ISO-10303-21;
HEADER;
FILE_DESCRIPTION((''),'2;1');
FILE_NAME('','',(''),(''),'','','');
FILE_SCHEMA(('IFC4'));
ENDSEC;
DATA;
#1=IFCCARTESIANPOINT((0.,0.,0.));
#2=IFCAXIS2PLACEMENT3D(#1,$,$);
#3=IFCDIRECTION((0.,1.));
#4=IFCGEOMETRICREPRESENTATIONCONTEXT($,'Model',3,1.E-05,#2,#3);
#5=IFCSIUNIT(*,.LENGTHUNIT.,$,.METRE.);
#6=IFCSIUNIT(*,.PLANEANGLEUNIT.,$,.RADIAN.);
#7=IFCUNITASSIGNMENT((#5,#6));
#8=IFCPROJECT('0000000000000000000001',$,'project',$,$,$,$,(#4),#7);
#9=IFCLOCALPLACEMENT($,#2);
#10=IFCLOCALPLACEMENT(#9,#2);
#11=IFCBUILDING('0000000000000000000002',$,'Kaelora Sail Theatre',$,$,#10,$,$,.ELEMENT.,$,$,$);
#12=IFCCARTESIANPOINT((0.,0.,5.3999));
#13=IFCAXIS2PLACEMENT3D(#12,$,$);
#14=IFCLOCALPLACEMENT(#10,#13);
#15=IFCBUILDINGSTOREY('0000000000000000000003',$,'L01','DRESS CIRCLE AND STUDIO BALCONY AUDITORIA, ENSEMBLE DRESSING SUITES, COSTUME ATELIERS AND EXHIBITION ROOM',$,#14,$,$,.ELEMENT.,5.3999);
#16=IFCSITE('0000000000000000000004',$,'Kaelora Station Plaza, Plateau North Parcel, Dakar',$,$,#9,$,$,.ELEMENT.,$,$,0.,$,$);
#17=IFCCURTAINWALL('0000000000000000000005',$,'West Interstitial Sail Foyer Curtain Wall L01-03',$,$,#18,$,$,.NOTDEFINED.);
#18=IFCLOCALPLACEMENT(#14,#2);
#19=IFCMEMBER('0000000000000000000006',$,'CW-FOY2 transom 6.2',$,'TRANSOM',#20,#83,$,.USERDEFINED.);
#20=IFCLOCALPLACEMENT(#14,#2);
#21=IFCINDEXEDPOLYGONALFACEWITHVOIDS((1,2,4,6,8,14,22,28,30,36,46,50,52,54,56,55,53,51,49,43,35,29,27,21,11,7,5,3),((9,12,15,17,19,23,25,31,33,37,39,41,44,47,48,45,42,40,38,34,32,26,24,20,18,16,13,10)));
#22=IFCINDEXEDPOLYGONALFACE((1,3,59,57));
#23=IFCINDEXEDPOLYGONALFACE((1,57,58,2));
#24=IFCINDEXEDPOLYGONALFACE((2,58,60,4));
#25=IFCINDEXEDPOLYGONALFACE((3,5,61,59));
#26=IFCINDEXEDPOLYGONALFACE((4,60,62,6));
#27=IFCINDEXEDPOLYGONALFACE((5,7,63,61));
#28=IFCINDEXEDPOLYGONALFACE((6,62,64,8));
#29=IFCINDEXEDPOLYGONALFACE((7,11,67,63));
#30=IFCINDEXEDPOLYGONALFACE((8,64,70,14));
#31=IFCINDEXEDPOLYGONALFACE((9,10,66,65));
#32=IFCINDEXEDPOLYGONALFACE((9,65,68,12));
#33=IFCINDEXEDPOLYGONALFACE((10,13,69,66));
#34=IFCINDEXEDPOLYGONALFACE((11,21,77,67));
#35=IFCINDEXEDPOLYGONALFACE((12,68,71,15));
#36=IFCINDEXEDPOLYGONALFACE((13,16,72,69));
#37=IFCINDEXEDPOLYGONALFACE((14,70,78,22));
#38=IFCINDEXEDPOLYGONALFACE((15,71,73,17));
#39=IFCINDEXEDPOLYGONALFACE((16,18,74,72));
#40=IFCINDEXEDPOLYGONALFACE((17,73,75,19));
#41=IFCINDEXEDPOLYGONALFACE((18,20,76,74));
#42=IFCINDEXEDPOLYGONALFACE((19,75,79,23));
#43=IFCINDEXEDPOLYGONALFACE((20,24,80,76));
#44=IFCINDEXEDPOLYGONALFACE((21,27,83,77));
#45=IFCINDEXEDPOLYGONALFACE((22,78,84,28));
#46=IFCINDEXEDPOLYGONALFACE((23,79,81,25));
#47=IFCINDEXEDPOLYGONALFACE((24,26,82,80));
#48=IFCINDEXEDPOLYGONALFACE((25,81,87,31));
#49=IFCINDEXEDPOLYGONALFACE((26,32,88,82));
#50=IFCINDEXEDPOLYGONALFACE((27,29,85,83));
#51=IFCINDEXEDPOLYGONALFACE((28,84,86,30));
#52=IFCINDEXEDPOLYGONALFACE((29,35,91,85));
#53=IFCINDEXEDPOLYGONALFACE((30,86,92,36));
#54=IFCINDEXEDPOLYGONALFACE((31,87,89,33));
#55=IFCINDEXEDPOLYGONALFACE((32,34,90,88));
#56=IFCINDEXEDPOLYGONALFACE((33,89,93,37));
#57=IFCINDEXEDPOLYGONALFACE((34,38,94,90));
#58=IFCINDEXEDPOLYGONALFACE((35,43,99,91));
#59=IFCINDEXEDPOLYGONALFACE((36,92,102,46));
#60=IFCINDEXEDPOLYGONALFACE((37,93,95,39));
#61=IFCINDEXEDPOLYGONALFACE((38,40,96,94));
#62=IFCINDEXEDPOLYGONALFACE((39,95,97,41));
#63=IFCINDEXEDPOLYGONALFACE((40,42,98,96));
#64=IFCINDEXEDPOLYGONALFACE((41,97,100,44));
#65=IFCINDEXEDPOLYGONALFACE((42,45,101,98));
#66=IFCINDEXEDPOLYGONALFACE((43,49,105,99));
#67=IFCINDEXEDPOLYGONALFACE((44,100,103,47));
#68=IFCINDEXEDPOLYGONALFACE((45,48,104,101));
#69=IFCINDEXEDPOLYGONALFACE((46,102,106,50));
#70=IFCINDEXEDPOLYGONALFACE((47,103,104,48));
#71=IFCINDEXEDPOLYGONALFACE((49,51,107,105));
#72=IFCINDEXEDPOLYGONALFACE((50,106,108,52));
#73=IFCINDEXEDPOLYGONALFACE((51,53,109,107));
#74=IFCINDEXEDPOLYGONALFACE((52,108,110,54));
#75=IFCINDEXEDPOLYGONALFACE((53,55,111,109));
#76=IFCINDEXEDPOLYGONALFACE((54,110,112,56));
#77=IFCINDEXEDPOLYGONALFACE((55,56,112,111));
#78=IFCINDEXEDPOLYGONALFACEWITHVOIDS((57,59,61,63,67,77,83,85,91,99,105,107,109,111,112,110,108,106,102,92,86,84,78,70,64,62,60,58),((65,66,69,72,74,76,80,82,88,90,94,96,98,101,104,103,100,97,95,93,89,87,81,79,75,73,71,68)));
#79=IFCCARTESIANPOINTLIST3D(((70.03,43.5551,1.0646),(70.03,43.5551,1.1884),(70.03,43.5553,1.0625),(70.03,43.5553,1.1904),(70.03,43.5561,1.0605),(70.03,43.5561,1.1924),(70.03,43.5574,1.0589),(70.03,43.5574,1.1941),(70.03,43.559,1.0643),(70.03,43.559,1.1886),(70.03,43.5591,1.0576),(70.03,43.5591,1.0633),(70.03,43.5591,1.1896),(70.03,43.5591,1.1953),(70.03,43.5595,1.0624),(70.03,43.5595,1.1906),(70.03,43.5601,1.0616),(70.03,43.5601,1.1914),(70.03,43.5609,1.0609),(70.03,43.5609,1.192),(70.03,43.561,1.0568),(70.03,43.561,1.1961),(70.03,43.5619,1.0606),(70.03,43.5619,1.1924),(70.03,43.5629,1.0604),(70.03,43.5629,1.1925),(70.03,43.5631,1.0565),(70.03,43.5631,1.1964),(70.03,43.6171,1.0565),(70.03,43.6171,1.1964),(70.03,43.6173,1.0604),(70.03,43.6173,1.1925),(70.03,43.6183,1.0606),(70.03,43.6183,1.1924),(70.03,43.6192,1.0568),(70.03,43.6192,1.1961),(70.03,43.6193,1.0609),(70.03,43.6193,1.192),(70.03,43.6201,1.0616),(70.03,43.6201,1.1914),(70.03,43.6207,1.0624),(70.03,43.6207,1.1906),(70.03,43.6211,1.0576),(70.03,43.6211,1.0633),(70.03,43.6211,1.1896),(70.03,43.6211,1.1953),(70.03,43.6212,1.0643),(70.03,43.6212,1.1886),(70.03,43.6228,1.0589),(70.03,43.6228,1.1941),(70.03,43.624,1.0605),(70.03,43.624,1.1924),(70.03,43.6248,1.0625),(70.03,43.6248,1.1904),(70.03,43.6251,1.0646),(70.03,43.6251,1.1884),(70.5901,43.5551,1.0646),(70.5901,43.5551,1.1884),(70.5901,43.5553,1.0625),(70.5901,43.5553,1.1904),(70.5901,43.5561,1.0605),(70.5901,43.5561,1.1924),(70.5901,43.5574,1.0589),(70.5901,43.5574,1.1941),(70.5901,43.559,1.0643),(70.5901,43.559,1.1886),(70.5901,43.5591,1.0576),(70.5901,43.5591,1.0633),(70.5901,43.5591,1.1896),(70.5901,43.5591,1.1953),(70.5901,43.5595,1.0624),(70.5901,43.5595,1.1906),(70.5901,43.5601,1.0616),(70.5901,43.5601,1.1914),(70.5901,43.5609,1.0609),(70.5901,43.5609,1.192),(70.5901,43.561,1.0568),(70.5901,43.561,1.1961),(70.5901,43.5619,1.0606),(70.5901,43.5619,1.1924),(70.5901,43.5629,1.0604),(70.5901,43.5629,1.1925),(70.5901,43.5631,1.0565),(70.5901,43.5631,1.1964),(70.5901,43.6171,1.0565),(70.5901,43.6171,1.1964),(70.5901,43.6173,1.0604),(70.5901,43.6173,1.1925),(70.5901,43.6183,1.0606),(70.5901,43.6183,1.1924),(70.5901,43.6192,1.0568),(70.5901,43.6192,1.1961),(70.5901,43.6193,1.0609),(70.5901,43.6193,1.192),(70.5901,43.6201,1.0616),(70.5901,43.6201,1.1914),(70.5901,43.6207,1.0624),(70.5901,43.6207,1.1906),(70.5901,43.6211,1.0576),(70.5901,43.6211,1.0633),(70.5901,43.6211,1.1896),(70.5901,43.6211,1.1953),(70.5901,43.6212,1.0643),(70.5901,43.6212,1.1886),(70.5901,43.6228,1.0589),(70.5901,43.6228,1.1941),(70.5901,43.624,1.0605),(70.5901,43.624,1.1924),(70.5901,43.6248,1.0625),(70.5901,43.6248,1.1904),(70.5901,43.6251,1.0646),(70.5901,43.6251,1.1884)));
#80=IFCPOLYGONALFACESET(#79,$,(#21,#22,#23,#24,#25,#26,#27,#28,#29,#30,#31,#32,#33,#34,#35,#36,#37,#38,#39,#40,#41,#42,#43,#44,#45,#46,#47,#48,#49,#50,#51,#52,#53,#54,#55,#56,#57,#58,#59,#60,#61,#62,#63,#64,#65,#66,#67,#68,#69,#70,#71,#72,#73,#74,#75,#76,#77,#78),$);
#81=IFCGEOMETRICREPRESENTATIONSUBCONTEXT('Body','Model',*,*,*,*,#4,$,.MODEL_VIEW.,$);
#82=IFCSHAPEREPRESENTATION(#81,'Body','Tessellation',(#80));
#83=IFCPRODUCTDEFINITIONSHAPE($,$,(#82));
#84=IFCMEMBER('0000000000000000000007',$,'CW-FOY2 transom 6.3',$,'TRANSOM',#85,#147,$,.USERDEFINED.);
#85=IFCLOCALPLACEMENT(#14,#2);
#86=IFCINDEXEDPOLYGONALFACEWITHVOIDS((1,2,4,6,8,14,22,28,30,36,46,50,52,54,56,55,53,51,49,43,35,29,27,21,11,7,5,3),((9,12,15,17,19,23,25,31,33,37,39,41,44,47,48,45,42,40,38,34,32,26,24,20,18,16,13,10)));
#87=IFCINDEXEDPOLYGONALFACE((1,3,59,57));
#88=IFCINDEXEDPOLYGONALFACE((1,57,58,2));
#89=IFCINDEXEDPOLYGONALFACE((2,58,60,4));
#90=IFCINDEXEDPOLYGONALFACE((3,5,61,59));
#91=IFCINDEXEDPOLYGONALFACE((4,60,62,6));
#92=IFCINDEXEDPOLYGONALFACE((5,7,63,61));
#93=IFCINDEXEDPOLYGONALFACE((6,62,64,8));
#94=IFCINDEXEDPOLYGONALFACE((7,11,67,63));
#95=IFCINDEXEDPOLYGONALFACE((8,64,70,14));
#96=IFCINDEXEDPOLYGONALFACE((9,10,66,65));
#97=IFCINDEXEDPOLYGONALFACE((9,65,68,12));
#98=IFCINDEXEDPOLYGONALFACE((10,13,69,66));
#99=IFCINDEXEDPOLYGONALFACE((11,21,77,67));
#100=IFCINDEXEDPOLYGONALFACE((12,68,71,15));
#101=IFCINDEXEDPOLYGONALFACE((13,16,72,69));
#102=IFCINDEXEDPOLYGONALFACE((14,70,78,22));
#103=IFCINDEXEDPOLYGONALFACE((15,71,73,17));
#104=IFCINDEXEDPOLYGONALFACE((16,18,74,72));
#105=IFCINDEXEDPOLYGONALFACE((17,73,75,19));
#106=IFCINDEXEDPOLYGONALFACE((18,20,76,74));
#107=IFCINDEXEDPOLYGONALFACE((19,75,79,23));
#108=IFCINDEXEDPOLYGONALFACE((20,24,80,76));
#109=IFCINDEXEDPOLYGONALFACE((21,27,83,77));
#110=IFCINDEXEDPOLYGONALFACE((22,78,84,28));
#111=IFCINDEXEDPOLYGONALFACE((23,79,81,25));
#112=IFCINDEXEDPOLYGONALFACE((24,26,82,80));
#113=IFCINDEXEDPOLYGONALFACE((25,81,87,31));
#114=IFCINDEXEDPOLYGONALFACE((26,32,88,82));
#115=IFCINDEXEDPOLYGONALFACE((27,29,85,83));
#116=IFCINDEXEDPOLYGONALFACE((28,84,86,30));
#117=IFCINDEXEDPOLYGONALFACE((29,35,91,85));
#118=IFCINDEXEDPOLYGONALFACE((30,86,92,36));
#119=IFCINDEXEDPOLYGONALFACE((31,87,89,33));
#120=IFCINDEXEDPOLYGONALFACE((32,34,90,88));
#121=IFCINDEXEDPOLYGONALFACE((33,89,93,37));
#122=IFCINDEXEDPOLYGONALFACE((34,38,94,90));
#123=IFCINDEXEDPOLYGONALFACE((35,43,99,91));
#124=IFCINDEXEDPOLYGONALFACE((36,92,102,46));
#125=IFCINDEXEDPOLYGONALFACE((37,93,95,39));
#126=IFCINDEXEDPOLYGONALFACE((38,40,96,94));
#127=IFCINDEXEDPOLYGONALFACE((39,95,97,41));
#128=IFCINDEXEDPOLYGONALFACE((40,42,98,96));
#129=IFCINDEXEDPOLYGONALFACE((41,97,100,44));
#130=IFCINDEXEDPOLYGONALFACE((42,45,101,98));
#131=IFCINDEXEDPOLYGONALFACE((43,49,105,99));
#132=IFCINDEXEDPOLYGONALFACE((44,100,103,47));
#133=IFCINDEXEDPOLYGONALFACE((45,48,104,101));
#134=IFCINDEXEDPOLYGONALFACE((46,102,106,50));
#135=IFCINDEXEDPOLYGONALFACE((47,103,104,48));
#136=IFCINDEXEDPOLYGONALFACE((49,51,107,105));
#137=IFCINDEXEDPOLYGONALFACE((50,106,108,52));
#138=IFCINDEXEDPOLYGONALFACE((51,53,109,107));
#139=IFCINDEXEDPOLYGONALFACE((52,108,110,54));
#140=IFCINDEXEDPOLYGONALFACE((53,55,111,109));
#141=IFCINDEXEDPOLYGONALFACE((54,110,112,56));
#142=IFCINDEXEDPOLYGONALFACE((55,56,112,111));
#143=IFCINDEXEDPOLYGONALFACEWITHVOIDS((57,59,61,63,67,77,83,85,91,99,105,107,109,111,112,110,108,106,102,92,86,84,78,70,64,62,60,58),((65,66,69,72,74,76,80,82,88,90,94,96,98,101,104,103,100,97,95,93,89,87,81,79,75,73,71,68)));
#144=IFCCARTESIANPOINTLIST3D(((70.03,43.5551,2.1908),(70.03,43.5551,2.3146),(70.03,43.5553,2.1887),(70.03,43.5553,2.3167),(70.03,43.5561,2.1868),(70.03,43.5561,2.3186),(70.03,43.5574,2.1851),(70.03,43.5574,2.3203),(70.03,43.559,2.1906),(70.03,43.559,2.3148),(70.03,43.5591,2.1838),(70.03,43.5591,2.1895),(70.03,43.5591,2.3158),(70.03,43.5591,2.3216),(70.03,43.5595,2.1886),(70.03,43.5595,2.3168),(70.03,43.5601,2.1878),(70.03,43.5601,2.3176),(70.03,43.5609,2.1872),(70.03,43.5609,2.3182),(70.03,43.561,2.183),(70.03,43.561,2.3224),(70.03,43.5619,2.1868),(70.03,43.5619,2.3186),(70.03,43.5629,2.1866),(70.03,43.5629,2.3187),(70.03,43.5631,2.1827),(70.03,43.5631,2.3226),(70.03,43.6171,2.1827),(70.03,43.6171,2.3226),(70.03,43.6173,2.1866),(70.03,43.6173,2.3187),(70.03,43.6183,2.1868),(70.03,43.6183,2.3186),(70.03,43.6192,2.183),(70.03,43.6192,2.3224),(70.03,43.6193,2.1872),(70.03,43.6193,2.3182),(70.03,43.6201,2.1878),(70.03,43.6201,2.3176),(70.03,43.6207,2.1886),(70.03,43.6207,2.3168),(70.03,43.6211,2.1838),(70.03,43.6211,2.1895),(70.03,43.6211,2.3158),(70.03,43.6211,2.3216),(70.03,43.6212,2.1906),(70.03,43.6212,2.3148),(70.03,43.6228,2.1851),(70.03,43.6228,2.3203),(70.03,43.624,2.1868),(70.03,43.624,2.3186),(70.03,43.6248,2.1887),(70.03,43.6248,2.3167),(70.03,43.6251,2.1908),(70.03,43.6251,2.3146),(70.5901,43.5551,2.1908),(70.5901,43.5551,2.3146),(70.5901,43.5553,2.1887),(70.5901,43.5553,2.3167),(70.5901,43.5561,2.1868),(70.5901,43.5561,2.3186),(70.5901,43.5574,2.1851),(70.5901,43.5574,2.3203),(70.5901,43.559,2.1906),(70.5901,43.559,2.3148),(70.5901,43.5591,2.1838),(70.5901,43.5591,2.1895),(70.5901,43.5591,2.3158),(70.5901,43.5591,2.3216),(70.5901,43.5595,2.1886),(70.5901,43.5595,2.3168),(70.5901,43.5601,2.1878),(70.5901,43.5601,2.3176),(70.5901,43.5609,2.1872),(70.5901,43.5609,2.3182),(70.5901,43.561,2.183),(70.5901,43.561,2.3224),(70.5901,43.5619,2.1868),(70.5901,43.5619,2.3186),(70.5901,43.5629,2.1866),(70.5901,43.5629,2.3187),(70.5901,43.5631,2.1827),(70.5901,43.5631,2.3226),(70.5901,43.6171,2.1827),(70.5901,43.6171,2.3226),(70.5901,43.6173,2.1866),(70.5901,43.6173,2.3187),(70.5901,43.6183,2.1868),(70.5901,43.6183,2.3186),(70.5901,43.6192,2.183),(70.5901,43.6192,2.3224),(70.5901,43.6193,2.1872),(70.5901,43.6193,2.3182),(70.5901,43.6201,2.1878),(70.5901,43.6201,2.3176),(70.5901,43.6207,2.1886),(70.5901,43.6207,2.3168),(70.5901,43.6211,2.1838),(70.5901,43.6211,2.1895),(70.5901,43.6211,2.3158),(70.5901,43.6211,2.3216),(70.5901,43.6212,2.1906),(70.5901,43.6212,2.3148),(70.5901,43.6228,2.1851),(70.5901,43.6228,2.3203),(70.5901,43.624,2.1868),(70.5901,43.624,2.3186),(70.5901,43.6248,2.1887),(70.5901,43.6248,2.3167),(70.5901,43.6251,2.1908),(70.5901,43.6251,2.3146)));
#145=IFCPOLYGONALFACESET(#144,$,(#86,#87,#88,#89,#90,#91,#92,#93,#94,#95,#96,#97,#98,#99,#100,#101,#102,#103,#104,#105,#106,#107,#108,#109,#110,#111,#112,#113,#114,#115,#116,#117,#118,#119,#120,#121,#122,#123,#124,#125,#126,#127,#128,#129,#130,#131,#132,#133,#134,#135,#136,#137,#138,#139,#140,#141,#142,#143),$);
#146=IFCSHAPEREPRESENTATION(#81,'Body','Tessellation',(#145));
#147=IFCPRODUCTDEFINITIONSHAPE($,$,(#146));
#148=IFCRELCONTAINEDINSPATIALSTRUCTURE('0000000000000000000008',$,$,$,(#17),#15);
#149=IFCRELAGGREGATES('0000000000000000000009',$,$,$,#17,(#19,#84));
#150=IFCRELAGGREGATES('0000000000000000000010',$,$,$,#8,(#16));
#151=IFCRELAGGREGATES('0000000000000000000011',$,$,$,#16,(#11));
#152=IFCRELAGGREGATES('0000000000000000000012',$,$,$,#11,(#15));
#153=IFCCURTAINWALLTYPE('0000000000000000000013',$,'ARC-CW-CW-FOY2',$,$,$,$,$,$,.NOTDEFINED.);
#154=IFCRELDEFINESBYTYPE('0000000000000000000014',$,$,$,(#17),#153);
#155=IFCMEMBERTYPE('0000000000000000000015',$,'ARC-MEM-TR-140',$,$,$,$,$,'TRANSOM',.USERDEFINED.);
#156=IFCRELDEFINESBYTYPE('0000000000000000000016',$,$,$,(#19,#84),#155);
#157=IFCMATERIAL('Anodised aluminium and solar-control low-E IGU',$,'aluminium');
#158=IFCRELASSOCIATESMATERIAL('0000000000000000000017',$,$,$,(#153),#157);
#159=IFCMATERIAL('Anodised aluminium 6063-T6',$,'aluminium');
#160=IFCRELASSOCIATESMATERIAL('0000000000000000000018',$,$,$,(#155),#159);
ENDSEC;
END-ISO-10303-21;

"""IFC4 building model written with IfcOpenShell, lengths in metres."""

from ifc_helpers import new_model, si_unit, direction, frame, origin, origin_2d, place, context, subcontext, project, spatial, hollow_rectangle, extrude, material, material_profile, profile_set, type_object, element, aggregate, save


model = new_model("IFC4")

# Units and contexts
model_context = context("Model", 3, precision=1e-05, world=origin(), true_north=direction((0.0, 1.0)))
body_context = subcontext(model_context, "Body", "Model", "MODEL_VIEW")
ifc_project = project(units=[si_unit("LENGTHUNIT", "METRE"), si_unit("PLANEANGLEUNIT", "RADIAN")], contexts=[model_context])

# Site, building, storey
site_placement = place(None, origin())
site = spatial("IfcSite", under=ifc_project, at=site_placement, Name="Kaelora Station Plaza, Plateau North Parcel, Dakar", CompositionType="ELEMENT", RefElevation=0.0)
building_placement = place(site_placement, origin())
building = spatial("IfcBuilding", under=site, at=building_placement, Name="Kaelora Sail Theatre", CompositionType="ELEMENT")
storey_placement = place(building_placement, frame((0.0, 0.0, 5.3999)))
storey = spatial("IfcBuildingStorey", under=building, at=storey_placement, Name="L01", Description="DRESS CIRCLE AND STUDIO BALCONY AUDITORIA, ENSEMBLE DRESSING SUITES, COSTUME ATELIERS AND EXHIBITION ROOM", CompositionType="ELEMENT", Elevation=5.3999)

# Curtain wall
ifc_material_1 = material(Name="Anodised aluminium and solar-control low-E IGU", Category="aluminium")
curtain_wall_type = type_object("IfcCurtainWallType", Name="ARC-CW-CW-FOY2", PredefinedType="NOTDEFINED", material=ifc_material_1)
curtain_wall_1_placement = place(storey_placement, origin())
curtain_wall_1 = element("IfcCurtainWall", 1, at=curtain_wall_1_placement, inside=storey, type_object=curtain_wall_type, Name="West Interstitial Sail Foyer Curtain Wall L01-03", PredefinedType="NOTDEFINED")

# Members
ifc_material_2 = material(Name="Anodised aluminium 6063-T6", Category="aluminium")
ifc_material_profile_1 = material_profile(ifc_material_2, hollow_rectangle(XDim=0.0701, YDim=0.1399, WallThickness=0.0039, InnerFilletRadius=0.0039, OuterFilletRadius=0.0081, at=origin_2d()), Name="ALU-TRAN 70x140x4")
ifc_profile_set_1 = profile_set([ifc_material_profile_1], Name="Anodised aluminium 6063-T6")
member_type_1 = type_object("IfcMemberType", Name="ARC-MEM-TR-140", ElementType="TRANSOM", PredefinedType="USERDEFINED", material=ifc_profile_set_1)
member_1_placement = place(storey_placement, frame((70.03, 43.5901, 1.1265), z_axis=(1.0, 0.0, 0.0), x_axis=(0.0, 1.0, 0.0)))
member_1 = element("IfcMember", 2, at=member_1_placement, type_object=member_type_1, Name="CW-FOY2 transom 6.2", ObjectType="TRANSOM", PredefinedType="USERDEFINED", context=body_context, shape_type="SweptSolid", body=[
    extrude(hollow_rectangle(XDim=0.0701, YDim=0.1399, WallThickness=0.0039, InnerFilletRadius=0.0039, OuterFilletRadius=0.0081, at=origin_2d()), origin(), (0.0, 0.0, 1.0), 0.5601),
])
member_2_placement = place(storey_placement, frame((70.03, 43.5901, 2.2527), z_axis=(1.0, 0.0, 0.0), x_axis=(0.0, 1.0, 0.0)))
member_2 = element("IfcMember", 3, at=member_2_placement, type_object=member_type_1, Name="CW-FOY2 transom 6.3", ObjectType="TRANSOM", PredefinedType="USERDEFINED", context=body_context, shape_type="SweptSolid", body=[
    extrude(hollow_rectangle(XDim=0.0701, YDim=0.1399, WallThickness=0.0039, InnerFilletRadius=0.0039, OuterFilletRadius=0.0081, at=origin_2d()), origin(), (0.0, 0.0, 1.0), 0.5601),
])

aggregate(curtain_wall_1, [member_1, member_2])

save(model, "model.ifc")
